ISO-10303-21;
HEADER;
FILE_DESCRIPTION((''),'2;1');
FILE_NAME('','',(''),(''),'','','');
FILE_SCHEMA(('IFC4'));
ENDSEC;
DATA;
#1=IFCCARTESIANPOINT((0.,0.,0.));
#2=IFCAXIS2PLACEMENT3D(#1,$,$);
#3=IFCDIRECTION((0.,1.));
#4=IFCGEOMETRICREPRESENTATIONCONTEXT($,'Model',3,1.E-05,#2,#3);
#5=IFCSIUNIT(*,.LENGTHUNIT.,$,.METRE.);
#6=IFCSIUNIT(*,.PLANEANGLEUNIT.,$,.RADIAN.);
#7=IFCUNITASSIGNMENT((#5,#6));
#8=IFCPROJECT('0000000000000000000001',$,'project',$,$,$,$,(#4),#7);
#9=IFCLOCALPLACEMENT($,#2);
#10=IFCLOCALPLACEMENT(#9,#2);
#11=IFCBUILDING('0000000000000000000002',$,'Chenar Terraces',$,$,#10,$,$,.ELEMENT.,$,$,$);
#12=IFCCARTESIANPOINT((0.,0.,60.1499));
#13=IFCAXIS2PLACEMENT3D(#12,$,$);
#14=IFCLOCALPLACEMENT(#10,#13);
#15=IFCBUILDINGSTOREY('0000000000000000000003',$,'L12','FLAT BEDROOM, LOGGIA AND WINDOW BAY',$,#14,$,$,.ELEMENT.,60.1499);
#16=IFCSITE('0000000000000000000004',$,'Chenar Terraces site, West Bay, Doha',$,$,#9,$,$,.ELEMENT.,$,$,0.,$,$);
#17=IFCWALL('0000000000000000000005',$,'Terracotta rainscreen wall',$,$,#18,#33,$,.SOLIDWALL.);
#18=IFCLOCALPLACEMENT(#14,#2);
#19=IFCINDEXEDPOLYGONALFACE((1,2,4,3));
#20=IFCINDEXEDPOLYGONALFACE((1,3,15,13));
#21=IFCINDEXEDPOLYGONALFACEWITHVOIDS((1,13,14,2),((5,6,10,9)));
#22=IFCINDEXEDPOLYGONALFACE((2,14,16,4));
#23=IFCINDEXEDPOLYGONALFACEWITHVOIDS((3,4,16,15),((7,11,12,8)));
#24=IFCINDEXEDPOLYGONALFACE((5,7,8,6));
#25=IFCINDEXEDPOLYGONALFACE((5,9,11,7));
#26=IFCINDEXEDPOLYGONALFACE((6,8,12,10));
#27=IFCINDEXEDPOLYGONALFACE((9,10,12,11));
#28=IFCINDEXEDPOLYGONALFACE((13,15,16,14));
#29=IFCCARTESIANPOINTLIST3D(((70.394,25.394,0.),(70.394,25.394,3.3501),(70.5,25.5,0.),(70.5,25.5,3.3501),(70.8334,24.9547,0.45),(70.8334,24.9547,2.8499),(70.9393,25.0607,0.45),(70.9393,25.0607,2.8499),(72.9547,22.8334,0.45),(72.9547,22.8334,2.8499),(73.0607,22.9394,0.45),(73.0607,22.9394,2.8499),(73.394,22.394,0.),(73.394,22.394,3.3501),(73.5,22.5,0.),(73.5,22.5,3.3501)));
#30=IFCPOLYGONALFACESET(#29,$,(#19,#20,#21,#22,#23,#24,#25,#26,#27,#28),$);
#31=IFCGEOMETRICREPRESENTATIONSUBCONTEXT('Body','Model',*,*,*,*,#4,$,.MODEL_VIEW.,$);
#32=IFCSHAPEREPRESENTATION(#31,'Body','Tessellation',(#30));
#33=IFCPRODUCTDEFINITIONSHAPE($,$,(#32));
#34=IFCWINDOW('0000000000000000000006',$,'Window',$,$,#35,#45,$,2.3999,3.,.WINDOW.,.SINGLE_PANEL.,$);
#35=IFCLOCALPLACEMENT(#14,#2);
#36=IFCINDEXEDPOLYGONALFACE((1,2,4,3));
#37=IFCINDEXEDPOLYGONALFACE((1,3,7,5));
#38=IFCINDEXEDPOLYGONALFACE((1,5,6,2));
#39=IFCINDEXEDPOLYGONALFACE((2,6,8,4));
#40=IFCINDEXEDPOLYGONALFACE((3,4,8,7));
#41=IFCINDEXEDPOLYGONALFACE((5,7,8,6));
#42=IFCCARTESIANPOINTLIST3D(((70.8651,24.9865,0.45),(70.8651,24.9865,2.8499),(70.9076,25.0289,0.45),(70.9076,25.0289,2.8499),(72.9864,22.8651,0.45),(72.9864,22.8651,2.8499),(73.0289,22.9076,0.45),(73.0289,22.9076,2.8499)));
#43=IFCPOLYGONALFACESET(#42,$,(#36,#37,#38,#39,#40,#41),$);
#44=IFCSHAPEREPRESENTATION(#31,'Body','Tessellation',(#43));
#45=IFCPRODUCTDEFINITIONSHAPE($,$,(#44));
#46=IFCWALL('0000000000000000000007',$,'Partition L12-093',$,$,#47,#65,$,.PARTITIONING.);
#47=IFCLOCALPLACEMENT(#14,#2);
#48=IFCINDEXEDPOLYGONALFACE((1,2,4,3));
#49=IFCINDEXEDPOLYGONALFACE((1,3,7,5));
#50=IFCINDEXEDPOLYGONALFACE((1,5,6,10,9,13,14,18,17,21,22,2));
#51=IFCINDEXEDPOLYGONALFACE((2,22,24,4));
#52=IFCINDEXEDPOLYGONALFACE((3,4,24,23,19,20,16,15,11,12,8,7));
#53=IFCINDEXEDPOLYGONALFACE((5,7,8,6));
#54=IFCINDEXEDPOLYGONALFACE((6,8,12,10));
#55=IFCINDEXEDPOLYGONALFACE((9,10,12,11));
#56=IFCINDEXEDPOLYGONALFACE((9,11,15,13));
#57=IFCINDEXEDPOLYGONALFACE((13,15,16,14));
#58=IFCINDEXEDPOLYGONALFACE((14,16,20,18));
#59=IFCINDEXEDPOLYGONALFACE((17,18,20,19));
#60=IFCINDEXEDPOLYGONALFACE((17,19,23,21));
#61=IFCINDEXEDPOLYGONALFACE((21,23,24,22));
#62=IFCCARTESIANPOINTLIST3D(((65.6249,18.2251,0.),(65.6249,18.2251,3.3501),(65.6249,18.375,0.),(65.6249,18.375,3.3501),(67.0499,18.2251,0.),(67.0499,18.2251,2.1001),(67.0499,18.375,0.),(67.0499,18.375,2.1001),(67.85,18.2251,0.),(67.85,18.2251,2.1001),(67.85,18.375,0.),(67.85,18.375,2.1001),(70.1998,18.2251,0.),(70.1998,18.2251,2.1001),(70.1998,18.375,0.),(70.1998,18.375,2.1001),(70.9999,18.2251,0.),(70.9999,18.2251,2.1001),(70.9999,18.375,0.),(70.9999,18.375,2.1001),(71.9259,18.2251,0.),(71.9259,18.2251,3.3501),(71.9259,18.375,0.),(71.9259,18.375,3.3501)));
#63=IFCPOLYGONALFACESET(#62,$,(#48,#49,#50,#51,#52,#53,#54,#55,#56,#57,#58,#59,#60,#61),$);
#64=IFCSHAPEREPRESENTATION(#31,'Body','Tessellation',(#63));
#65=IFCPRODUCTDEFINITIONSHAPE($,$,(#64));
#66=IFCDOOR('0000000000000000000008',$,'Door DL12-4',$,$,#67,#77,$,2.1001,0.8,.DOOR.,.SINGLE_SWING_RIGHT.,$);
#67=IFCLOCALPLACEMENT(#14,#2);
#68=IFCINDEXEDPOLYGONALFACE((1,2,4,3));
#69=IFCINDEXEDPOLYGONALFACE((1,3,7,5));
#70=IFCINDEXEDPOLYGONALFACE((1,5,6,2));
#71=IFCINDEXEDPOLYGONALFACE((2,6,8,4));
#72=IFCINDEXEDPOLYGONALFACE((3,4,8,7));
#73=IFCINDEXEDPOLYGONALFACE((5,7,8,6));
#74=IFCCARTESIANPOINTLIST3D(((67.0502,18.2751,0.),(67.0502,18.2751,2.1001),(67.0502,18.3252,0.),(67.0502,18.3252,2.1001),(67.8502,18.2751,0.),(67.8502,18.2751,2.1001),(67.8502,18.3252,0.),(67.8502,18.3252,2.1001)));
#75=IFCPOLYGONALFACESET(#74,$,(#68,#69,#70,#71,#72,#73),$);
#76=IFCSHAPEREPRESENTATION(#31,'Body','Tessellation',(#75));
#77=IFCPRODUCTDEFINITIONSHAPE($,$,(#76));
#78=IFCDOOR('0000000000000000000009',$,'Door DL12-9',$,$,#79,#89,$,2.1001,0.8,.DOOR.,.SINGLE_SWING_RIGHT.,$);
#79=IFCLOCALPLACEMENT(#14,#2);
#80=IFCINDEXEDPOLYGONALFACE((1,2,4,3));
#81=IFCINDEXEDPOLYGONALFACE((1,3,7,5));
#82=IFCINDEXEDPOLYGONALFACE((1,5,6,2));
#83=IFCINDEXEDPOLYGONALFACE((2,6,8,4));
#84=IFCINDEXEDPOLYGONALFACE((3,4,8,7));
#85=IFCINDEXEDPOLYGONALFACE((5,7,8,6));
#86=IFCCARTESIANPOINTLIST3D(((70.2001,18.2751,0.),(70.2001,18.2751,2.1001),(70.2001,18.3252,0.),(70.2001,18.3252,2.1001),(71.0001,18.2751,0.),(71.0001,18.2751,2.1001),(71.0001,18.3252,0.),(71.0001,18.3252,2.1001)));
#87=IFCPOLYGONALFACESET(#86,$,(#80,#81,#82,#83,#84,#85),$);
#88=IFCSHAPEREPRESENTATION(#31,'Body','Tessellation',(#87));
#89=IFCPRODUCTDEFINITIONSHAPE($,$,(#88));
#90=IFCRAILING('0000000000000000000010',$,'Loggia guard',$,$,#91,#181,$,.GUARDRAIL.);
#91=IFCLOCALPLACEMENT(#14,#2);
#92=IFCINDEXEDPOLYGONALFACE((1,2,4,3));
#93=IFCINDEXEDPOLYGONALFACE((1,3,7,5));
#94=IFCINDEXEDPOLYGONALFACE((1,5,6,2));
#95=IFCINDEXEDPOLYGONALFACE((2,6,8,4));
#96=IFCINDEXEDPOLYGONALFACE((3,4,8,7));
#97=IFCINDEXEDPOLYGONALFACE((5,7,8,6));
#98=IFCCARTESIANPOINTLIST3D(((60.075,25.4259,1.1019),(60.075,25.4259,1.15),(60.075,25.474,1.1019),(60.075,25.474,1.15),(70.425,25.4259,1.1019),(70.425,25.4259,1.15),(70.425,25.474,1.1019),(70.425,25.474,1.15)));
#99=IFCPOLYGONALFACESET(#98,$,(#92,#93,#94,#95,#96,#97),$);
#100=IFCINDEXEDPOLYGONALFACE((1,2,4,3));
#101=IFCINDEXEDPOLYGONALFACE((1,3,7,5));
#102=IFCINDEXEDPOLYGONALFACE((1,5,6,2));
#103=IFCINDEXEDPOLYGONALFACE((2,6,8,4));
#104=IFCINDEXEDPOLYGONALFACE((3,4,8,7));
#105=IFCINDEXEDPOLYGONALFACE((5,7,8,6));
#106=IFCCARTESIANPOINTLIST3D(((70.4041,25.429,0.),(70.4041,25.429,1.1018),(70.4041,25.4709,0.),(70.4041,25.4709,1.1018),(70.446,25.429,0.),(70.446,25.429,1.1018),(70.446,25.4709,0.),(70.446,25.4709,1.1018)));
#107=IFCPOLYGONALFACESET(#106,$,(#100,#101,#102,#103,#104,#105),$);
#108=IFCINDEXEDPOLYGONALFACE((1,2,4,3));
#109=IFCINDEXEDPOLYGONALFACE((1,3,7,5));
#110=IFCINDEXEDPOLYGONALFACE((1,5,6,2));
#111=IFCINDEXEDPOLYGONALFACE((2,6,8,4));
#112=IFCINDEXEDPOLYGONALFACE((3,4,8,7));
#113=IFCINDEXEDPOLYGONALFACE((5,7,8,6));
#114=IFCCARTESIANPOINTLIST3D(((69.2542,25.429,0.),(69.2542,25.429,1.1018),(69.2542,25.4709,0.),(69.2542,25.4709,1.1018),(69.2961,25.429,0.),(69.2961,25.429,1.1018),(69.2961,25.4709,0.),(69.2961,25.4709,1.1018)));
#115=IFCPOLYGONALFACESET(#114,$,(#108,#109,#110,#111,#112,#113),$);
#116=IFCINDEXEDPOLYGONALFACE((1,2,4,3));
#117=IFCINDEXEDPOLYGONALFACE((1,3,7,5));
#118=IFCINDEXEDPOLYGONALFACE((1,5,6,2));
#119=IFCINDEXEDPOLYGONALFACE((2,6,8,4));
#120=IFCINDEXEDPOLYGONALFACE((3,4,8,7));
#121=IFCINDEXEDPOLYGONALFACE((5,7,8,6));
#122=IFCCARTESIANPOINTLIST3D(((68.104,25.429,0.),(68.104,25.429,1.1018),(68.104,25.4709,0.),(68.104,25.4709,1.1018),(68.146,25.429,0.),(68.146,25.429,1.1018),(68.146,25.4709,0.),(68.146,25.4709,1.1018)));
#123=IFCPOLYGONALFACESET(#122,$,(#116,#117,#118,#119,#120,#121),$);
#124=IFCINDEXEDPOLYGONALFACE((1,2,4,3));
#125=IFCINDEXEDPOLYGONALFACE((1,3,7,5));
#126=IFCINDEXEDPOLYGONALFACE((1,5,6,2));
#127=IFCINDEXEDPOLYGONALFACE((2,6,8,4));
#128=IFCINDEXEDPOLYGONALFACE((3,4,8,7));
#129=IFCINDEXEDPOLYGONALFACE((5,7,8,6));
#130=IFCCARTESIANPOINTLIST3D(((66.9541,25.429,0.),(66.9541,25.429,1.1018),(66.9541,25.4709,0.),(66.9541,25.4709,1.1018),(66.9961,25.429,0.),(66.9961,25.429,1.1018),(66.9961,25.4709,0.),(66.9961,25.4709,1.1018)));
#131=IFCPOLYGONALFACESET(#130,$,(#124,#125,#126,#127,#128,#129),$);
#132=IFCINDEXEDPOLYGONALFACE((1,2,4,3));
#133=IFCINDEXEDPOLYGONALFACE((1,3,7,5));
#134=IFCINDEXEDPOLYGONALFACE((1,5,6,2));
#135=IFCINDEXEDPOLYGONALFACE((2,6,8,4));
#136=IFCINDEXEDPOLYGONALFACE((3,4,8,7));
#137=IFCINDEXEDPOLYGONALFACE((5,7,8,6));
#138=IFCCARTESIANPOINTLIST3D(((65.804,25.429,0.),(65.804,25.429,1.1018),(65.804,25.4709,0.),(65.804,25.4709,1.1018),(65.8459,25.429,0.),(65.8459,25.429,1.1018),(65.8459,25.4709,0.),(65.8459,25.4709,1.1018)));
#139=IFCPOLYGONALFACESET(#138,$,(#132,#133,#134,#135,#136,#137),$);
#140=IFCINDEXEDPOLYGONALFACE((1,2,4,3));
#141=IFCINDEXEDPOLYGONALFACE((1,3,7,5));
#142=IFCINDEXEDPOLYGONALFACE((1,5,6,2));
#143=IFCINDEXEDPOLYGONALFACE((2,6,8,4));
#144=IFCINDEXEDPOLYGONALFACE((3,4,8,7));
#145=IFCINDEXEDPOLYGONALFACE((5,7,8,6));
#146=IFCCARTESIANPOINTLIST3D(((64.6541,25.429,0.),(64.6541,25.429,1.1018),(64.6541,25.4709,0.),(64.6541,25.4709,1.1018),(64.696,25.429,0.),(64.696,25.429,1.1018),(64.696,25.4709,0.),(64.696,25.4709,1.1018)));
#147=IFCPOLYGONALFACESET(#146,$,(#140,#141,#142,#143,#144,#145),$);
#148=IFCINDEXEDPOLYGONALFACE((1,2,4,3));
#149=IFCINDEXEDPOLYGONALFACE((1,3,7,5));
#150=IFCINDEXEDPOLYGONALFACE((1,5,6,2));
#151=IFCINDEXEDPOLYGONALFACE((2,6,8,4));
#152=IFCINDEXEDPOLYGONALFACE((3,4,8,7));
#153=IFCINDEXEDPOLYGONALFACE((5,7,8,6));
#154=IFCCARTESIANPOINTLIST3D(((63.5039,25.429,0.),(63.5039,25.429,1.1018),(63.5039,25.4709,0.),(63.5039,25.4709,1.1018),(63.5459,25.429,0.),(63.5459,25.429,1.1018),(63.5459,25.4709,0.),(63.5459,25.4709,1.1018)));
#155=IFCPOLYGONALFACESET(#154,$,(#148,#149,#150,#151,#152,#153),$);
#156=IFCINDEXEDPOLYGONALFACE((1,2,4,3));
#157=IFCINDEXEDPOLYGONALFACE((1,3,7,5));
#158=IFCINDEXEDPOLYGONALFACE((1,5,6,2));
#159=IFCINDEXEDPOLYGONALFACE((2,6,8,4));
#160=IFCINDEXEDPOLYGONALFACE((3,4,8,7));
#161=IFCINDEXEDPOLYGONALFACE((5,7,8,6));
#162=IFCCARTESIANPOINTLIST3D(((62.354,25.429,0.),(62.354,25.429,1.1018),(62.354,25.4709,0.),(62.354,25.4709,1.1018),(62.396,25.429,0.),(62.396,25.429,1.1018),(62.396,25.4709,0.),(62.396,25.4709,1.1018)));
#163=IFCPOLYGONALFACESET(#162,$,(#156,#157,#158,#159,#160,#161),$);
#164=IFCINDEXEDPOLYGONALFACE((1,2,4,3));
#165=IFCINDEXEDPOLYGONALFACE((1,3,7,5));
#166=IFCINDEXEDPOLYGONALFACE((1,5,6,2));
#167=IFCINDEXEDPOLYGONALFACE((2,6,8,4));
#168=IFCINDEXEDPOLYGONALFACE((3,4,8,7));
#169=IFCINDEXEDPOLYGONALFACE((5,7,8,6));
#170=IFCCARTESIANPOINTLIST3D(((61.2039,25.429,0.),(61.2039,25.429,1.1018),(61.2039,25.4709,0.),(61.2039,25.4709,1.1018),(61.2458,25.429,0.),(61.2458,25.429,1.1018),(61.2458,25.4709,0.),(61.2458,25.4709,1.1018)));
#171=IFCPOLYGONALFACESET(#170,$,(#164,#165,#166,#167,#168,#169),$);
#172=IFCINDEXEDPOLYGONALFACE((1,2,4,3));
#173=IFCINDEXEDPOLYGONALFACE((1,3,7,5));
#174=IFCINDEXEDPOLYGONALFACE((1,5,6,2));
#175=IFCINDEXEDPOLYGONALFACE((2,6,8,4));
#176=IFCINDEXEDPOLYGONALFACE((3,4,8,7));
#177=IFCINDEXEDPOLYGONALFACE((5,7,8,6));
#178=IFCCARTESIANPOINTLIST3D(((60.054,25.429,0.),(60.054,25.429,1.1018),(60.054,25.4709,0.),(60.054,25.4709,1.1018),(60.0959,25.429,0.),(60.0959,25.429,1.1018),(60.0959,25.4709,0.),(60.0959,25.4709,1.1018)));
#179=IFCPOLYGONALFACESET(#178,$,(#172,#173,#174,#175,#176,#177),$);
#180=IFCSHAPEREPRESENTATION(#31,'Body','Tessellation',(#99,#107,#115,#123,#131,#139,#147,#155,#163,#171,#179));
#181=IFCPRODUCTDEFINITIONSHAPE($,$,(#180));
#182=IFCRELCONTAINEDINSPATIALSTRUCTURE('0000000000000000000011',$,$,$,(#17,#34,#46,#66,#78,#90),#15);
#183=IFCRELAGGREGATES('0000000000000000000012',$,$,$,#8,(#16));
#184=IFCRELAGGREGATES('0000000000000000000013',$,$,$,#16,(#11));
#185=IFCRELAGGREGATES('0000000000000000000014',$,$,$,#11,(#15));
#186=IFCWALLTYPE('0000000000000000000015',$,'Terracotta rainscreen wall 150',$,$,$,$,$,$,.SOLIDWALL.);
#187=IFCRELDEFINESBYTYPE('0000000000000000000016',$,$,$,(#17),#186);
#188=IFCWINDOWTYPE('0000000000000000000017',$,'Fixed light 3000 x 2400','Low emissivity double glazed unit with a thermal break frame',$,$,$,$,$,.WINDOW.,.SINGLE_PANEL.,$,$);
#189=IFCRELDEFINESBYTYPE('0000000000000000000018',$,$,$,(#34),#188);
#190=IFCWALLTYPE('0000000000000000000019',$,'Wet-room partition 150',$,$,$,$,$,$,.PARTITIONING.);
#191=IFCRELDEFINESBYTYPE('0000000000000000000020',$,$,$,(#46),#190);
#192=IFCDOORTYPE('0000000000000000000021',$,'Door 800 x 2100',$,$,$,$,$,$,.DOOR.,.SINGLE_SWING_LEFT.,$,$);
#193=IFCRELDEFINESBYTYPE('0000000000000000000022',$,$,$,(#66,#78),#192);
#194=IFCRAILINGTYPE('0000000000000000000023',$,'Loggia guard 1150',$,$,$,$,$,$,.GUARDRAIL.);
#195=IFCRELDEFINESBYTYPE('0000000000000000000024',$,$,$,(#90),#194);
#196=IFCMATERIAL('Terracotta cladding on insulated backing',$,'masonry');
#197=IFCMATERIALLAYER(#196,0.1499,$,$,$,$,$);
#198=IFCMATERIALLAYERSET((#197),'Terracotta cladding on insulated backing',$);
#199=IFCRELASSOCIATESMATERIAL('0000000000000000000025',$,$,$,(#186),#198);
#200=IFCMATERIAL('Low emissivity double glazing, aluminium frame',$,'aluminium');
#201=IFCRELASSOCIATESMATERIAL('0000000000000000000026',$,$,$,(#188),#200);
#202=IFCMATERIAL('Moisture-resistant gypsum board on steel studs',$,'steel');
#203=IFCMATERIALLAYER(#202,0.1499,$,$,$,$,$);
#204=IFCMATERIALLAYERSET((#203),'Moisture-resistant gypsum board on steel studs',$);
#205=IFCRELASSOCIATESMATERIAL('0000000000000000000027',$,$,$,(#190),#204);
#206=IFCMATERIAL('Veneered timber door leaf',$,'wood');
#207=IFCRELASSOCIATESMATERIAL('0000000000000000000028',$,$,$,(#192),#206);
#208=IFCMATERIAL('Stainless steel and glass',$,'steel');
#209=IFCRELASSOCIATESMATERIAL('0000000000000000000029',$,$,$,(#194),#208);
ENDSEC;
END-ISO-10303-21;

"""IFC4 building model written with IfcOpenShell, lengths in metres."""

from ifc_helpers import new_model, si_unit, direction, frame, frame_2d, origin, origin_2d, place, context, subcontext, project, spatial, rectangle, extrude, material, layer, layer_set, type_object, element, fill, save


model = new_model("IFC4")

# Units and contexts
model_context = context("Model", 3, precision=1e-05, world=origin(), true_north=direction((0.0, 1.0)))
body_context = subcontext(model_context, "Body", "Model", "MODEL_VIEW")
ifc_project = project(units=[si_unit("LENGTHUNIT", "METRE"), si_unit("PLANEANGLEUNIT", "RADIAN")], contexts=[model_context])

# Site, building, storey
site_placement = place(None, origin())
site = spatial("IfcSite", under=ifc_project, at=site_placement, Name="Chenar Terraces site, West Bay, Doha", CompositionType="ELEMENT", RefElevation=0.0)
building_placement = place(site_placement, origin())
building = spatial("IfcBuilding", under=site, at=building_placement, Name="Chenar Terraces", CompositionType="ELEMENT")
storey_placement = place(building_placement, frame((0.0, 0.0, 60.1499)))
storey = spatial("IfcBuildingStorey", under=building, at=storey_placement, Name="L12", Description="FLAT BEDROOM, LOGGIA AND WINDOW BAY", CompositionType="ELEMENT", Elevation=60.1499)

# Wall, opening, window
ifc_material_1 = material(Name="Terracotta cladding on insulated backing", Category="masonry")
ifc_layer_1 = layer(ifc_material_1, 0.1499)
ifc_layer_set_1 = layer_set([ifc_layer_1], Name="Terracotta cladding on insulated backing")
wall_type_1 = type_object("IfcWallType", Name="Terracotta rainscreen wall 150", PredefinedType="SOLIDWALL", material=ifc_layer_set_1)
wall_1_placement = place(storey_placement, frame((73.447, 22.447, 0.0), z_axis=(0.0, 0.0, 1.0), x_axis=(-0.707107, 0.707107, 0.0)))
wall_1 = element("IfcWall", 1, at=wall_1_placement, inside=storey, type_object=wall_type_1, Name="Terracotta rainscreen wall", PredefinedType="SOLIDWALL", context=body_context, shape_type="SweptSolid", body=[
    extrude(rectangle(XDim=4.2427, YDim=0.1499, at=frame_2d((2.1213, 0.0))), origin(), (0.0, 0.0, 1.0), 3.3501),
])
opening_1_placement = place(wall_1_placement, frame((0.6213, 0.0, 0.45)))
opening_1 = element("IfcOpeningElement", 2, at=opening_1_placement, cuts=wall_1, PredefinedType="OPENING", context=body_context, shape_type="SweptSolid", body=[
    extrude(rectangle(XDim=3.0, YDim=2.3999, at=frame_2d((1.5, 1.2))), frame((0.0, 0.085, 0.0), z_axis=(0.0, -1.0, 0.0), x_axis=(1.0, 0.0, 0.0)), (0.0, 0.0, 1.0), 0.1699),
])
ifc_material_2 = material(Name="Low emissivity double glazing, aluminium frame", Category="aluminium")
window_type_1 = type_object("IfcWindowType", Name="Fixed light 3000 x 2400", Description="Low emissivity double glazed unit with a thermal break frame", PartitioningType="SINGLE_PANEL", PredefinedType="WINDOW", material=ifc_material_2)
window_1_placement = place(opening_1_placement, origin())
window_1 = element("IfcWindow", 3, at=window_1_placement, inside=storey, type_object=window_type_1, Name="Window", OverallHeight=2.3999, OverallWidth=3.0, PartitioningType="SINGLE_PANEL", PredefinedType="WINDOW", context=body_context, shape_type="SweptSolid", body=[
    extrude(rectangle(XDim=3.0, YDim=2.3999, at=frame_2d((1.5, 1.2))), frame((0.0, 0.03, 0.0), z_axis=(0.0, -1.0, 0.0), x_axis=(1.0, 0.0, 0.0)), (0.0, 0.0, 1.0), 0.0601),
])
fill(opening_1, window_1)

# Wall, openings, doors
ifc_material_3 = material(Name="Moisture-resistant gypsum board on steel studs", Category="steel")
ifc_layer_2 = layer(ifc_material_3, 0.1499)
ifc_layer_set_2 = layer_set([ifc_layer_2], Name="Moisture-resistant gypsum board on steel studs")
wall_type_2 = type_object("IfcWallType", Name="Wet-room partition 150", PredefinedType="PARTITIONING", material=ifc_layer_set_2)
wall_2_placement = place(storey_placement, frame((65.625, 18.3, 0.0), z_axis=(0.0, 0.0, 1.0), x_axis=(1.0, 0.0, 0.0)))
wall_2 = element("IfcWall", 4, at=wall_2_placement, inside=storey, type_object=wall_type_2, Name="Partition L12-093", PredefinedType="PARTITIONING", context=body_context, shape_type="SweptSolid", body=[
    extrude(rectangle(XDim=6.301, YDim=0.1499, at=frame_2d((3.1504, 0.0))), origin(), (0.0, 0.0, 1.0), 3.3501),
])
opening_2_placement = place(wall_2_placement, frame((1.425, 0.0, 0.0)))
opening_2 = element("IfcOpeningElement", 5, at=opening_2_placement, cuts=wall_2, PredefinedType="OPENING", context=body_context, shape_type="SweptSolid", body=[
    extrude(rectangle(XDim=0.8, YDim=2.1001, at=frame_2d((0.3999, 1.05))), frame((0.0, 0.085, 0.0), z_axis=(0.0, -1.0, 0.0), x_axis=(1.0, 0.0, 0.0)), (0.0, 0.0, 1.0), 0.1699),
])
opening_3_placement = place(wall_2_placement, frame((4.575, 0.0, 0.0)))
opening_3 = element("IfcOpeningElement", 6, at=opening_3_placement, cuts=wall_2, PredefinedType="OPENING", context=body_context, shape_type="SweptSolid", body=[
    extrude(rectangle(XDim=0.8, YDim=2.1001, at=frame_2d((0.3999, 1.05))), frame((0.0, 0.085, 0.0), z_axis=(0.0, -1.0, 0.0), x_axis=(1.0, 0.0, 0.0)), (0.0, 0.0, 1.0), 0.1699),
])
ifc_material_4 = material(Name="Veneered timber door leaf", Category="wood")
door_type_1 = type_object("IfcDoorType", Name="Door 800 x 2100", OperationType="SINGLE_SWING_LEFT", PredefinedType="DOOR", material=ifc_material_4)
door_1_placement = place(opening_2_placement, frame((0.8, 0.0, 0.0), z_axis=(0.0, 0.0, 1.0), x_axis=(-1.0, 0.0, 0.0)))
door_1 = element("IfcDoor", 7, at=door_1_placement, inside=storey, type_object=door_type_1, Name="Door DL12-4", OperationType="SINGLE_SWING_RIGHT", OverallHeight=2.1001, OverallWidth=0.8, PredefinedType="DOOR", context=body_context, shape_type="SweptSolid", body=[
    extrude(rectangle(XDim=0.8, YDim=2.1001, at=frame_2d((0.3999, 1.05))), frame((0.0, 0.0249, 0.0), z_axis=(0.0, -1.0, 0.0), x_axis=(1.0, 0.0, 0.0)), (0.0, 0.0, 1.0), 0.05),
])
fill(opening_2, door_1)
door_2_placement = place(opening_3_placement, frame((0.8, 0.0, 0.0), z_axis=(0.0, 0.0, 1.0), x_axis=(-1.0, 0.0, 0.0)))
door_2 = element("IfcDoor", 8, at=door_2_placement, inside=storey, type_object=door_type_1, Name="Door DL12-9", OperationType="SINGLE_SWING_RIGHT", OverallHeight=2.1001, OverallWidth=0.8, PredefinedType="DOOR", context=body_context, shape_type="SweptSolid", body=[
    extrude(rectangle(XDim=0.8, YDim=2.1001, at=frame_2d((0.3999, 1.05))), frame((0.0, 0.0249, 0.0), z_axis=(0.0, -1.0, 0.0), x_axis=(1.0, 0.0, 0.0)), (0.0, 0.0, 1.0), 0.05),
])
fill(opening_3, door_2)

# Railing
ifc_material_5 = material(Name="Stainless steel and glass", Category="steel")
railing_type = type_object("IfcRailingType", Name="Loggia guard 1150", PredefinedType="GUARDRAIL", material=ifc_material_5)
railing_placement = place(storey_placement, frame((70.425, 25.45, 0.0)))
element("IfcRailing", 9, at=railing_placement, inside=storey, type_object=railing_type, Name="Loggia guard", PredefinedType="GUARDRAIL", context=body_context, shape_type="SweptSolid", body=[
    extrude(rectangle(XDim=0.0481, YDim=0.0481, at=origin_2d()), frame((0.0, 0.0, 1.126), z_axis=(-1.0, 0.0, 0.0), x_axis=(0.0, -1.0, 0.0)), (0.0, 0.0, 1.0), 10.3501),
    extrude(rectangle(XDim=0.042, YDim=0.042, at=origin_2d()), origin(), (0.0, 0.0, 1.0), 1.1018),
    extrude(rectangle(XDim=0.042, YDim=0.042, at=origin_2d()), frame((-1.1499, 0.0, 0.0)), (0.0, 0.0, 1.0), 1.1018),
    extrude(rectangle(XDim=0.042, YDim=0.042, at=origin_2d()), frame((-2.3, 0.0, 0.0)), (0.0, 0.0, 1.0), 1.1018),
    extrude(rectangle(XDim=0.042, YDim=0.042, at=origin_2d()), frame((-3.45, 0.0, 0.0)), (0.0, 0.0, 1.0), 1.1018),
    extrude(rectangle(XDim=0.042, YDim=0.042, at=origin_2d()), frame((-4.6001, 0.0, 0.0)), (0.0, 0.0, 1.0), 1.1018),
    extrude(rectangle(XDim=0.042, YDim=0.042, at=origin_2d()), frame((-5.75, 0.0, 0.0)), (0.0, 0.0, 1.0), 1.1018),
    extrude(rectangle(XDim=0.042, YDim=0.042, at=origin_2d()), frame((-6.9001, 0.0, 0.0)), (0.0, 0.0, 1.0), 1.1018),
    extrude(rectangle(XDim=0.042, YDim=0.042, at=origin_2d()), frame((-8.05, 0.0, 0.0)), (0.0, 0.0, 1.0), 1.1018),
    extrude(rectangle(XDim=0.042, YDim=0.042, at=origin_2d()), frame((-9.2002, 0.0, 0.0)), (0.0, 0.0, 1.0), 1.1018),
    extrude(rectangle(XDim=0.042, YDim=0.042, at=origin_2d()), frame((-10.3501, 0.0, 0.0)), (0.0, 0.0, 1.0), 1.1018),
])

save(model, "model.ifc")
